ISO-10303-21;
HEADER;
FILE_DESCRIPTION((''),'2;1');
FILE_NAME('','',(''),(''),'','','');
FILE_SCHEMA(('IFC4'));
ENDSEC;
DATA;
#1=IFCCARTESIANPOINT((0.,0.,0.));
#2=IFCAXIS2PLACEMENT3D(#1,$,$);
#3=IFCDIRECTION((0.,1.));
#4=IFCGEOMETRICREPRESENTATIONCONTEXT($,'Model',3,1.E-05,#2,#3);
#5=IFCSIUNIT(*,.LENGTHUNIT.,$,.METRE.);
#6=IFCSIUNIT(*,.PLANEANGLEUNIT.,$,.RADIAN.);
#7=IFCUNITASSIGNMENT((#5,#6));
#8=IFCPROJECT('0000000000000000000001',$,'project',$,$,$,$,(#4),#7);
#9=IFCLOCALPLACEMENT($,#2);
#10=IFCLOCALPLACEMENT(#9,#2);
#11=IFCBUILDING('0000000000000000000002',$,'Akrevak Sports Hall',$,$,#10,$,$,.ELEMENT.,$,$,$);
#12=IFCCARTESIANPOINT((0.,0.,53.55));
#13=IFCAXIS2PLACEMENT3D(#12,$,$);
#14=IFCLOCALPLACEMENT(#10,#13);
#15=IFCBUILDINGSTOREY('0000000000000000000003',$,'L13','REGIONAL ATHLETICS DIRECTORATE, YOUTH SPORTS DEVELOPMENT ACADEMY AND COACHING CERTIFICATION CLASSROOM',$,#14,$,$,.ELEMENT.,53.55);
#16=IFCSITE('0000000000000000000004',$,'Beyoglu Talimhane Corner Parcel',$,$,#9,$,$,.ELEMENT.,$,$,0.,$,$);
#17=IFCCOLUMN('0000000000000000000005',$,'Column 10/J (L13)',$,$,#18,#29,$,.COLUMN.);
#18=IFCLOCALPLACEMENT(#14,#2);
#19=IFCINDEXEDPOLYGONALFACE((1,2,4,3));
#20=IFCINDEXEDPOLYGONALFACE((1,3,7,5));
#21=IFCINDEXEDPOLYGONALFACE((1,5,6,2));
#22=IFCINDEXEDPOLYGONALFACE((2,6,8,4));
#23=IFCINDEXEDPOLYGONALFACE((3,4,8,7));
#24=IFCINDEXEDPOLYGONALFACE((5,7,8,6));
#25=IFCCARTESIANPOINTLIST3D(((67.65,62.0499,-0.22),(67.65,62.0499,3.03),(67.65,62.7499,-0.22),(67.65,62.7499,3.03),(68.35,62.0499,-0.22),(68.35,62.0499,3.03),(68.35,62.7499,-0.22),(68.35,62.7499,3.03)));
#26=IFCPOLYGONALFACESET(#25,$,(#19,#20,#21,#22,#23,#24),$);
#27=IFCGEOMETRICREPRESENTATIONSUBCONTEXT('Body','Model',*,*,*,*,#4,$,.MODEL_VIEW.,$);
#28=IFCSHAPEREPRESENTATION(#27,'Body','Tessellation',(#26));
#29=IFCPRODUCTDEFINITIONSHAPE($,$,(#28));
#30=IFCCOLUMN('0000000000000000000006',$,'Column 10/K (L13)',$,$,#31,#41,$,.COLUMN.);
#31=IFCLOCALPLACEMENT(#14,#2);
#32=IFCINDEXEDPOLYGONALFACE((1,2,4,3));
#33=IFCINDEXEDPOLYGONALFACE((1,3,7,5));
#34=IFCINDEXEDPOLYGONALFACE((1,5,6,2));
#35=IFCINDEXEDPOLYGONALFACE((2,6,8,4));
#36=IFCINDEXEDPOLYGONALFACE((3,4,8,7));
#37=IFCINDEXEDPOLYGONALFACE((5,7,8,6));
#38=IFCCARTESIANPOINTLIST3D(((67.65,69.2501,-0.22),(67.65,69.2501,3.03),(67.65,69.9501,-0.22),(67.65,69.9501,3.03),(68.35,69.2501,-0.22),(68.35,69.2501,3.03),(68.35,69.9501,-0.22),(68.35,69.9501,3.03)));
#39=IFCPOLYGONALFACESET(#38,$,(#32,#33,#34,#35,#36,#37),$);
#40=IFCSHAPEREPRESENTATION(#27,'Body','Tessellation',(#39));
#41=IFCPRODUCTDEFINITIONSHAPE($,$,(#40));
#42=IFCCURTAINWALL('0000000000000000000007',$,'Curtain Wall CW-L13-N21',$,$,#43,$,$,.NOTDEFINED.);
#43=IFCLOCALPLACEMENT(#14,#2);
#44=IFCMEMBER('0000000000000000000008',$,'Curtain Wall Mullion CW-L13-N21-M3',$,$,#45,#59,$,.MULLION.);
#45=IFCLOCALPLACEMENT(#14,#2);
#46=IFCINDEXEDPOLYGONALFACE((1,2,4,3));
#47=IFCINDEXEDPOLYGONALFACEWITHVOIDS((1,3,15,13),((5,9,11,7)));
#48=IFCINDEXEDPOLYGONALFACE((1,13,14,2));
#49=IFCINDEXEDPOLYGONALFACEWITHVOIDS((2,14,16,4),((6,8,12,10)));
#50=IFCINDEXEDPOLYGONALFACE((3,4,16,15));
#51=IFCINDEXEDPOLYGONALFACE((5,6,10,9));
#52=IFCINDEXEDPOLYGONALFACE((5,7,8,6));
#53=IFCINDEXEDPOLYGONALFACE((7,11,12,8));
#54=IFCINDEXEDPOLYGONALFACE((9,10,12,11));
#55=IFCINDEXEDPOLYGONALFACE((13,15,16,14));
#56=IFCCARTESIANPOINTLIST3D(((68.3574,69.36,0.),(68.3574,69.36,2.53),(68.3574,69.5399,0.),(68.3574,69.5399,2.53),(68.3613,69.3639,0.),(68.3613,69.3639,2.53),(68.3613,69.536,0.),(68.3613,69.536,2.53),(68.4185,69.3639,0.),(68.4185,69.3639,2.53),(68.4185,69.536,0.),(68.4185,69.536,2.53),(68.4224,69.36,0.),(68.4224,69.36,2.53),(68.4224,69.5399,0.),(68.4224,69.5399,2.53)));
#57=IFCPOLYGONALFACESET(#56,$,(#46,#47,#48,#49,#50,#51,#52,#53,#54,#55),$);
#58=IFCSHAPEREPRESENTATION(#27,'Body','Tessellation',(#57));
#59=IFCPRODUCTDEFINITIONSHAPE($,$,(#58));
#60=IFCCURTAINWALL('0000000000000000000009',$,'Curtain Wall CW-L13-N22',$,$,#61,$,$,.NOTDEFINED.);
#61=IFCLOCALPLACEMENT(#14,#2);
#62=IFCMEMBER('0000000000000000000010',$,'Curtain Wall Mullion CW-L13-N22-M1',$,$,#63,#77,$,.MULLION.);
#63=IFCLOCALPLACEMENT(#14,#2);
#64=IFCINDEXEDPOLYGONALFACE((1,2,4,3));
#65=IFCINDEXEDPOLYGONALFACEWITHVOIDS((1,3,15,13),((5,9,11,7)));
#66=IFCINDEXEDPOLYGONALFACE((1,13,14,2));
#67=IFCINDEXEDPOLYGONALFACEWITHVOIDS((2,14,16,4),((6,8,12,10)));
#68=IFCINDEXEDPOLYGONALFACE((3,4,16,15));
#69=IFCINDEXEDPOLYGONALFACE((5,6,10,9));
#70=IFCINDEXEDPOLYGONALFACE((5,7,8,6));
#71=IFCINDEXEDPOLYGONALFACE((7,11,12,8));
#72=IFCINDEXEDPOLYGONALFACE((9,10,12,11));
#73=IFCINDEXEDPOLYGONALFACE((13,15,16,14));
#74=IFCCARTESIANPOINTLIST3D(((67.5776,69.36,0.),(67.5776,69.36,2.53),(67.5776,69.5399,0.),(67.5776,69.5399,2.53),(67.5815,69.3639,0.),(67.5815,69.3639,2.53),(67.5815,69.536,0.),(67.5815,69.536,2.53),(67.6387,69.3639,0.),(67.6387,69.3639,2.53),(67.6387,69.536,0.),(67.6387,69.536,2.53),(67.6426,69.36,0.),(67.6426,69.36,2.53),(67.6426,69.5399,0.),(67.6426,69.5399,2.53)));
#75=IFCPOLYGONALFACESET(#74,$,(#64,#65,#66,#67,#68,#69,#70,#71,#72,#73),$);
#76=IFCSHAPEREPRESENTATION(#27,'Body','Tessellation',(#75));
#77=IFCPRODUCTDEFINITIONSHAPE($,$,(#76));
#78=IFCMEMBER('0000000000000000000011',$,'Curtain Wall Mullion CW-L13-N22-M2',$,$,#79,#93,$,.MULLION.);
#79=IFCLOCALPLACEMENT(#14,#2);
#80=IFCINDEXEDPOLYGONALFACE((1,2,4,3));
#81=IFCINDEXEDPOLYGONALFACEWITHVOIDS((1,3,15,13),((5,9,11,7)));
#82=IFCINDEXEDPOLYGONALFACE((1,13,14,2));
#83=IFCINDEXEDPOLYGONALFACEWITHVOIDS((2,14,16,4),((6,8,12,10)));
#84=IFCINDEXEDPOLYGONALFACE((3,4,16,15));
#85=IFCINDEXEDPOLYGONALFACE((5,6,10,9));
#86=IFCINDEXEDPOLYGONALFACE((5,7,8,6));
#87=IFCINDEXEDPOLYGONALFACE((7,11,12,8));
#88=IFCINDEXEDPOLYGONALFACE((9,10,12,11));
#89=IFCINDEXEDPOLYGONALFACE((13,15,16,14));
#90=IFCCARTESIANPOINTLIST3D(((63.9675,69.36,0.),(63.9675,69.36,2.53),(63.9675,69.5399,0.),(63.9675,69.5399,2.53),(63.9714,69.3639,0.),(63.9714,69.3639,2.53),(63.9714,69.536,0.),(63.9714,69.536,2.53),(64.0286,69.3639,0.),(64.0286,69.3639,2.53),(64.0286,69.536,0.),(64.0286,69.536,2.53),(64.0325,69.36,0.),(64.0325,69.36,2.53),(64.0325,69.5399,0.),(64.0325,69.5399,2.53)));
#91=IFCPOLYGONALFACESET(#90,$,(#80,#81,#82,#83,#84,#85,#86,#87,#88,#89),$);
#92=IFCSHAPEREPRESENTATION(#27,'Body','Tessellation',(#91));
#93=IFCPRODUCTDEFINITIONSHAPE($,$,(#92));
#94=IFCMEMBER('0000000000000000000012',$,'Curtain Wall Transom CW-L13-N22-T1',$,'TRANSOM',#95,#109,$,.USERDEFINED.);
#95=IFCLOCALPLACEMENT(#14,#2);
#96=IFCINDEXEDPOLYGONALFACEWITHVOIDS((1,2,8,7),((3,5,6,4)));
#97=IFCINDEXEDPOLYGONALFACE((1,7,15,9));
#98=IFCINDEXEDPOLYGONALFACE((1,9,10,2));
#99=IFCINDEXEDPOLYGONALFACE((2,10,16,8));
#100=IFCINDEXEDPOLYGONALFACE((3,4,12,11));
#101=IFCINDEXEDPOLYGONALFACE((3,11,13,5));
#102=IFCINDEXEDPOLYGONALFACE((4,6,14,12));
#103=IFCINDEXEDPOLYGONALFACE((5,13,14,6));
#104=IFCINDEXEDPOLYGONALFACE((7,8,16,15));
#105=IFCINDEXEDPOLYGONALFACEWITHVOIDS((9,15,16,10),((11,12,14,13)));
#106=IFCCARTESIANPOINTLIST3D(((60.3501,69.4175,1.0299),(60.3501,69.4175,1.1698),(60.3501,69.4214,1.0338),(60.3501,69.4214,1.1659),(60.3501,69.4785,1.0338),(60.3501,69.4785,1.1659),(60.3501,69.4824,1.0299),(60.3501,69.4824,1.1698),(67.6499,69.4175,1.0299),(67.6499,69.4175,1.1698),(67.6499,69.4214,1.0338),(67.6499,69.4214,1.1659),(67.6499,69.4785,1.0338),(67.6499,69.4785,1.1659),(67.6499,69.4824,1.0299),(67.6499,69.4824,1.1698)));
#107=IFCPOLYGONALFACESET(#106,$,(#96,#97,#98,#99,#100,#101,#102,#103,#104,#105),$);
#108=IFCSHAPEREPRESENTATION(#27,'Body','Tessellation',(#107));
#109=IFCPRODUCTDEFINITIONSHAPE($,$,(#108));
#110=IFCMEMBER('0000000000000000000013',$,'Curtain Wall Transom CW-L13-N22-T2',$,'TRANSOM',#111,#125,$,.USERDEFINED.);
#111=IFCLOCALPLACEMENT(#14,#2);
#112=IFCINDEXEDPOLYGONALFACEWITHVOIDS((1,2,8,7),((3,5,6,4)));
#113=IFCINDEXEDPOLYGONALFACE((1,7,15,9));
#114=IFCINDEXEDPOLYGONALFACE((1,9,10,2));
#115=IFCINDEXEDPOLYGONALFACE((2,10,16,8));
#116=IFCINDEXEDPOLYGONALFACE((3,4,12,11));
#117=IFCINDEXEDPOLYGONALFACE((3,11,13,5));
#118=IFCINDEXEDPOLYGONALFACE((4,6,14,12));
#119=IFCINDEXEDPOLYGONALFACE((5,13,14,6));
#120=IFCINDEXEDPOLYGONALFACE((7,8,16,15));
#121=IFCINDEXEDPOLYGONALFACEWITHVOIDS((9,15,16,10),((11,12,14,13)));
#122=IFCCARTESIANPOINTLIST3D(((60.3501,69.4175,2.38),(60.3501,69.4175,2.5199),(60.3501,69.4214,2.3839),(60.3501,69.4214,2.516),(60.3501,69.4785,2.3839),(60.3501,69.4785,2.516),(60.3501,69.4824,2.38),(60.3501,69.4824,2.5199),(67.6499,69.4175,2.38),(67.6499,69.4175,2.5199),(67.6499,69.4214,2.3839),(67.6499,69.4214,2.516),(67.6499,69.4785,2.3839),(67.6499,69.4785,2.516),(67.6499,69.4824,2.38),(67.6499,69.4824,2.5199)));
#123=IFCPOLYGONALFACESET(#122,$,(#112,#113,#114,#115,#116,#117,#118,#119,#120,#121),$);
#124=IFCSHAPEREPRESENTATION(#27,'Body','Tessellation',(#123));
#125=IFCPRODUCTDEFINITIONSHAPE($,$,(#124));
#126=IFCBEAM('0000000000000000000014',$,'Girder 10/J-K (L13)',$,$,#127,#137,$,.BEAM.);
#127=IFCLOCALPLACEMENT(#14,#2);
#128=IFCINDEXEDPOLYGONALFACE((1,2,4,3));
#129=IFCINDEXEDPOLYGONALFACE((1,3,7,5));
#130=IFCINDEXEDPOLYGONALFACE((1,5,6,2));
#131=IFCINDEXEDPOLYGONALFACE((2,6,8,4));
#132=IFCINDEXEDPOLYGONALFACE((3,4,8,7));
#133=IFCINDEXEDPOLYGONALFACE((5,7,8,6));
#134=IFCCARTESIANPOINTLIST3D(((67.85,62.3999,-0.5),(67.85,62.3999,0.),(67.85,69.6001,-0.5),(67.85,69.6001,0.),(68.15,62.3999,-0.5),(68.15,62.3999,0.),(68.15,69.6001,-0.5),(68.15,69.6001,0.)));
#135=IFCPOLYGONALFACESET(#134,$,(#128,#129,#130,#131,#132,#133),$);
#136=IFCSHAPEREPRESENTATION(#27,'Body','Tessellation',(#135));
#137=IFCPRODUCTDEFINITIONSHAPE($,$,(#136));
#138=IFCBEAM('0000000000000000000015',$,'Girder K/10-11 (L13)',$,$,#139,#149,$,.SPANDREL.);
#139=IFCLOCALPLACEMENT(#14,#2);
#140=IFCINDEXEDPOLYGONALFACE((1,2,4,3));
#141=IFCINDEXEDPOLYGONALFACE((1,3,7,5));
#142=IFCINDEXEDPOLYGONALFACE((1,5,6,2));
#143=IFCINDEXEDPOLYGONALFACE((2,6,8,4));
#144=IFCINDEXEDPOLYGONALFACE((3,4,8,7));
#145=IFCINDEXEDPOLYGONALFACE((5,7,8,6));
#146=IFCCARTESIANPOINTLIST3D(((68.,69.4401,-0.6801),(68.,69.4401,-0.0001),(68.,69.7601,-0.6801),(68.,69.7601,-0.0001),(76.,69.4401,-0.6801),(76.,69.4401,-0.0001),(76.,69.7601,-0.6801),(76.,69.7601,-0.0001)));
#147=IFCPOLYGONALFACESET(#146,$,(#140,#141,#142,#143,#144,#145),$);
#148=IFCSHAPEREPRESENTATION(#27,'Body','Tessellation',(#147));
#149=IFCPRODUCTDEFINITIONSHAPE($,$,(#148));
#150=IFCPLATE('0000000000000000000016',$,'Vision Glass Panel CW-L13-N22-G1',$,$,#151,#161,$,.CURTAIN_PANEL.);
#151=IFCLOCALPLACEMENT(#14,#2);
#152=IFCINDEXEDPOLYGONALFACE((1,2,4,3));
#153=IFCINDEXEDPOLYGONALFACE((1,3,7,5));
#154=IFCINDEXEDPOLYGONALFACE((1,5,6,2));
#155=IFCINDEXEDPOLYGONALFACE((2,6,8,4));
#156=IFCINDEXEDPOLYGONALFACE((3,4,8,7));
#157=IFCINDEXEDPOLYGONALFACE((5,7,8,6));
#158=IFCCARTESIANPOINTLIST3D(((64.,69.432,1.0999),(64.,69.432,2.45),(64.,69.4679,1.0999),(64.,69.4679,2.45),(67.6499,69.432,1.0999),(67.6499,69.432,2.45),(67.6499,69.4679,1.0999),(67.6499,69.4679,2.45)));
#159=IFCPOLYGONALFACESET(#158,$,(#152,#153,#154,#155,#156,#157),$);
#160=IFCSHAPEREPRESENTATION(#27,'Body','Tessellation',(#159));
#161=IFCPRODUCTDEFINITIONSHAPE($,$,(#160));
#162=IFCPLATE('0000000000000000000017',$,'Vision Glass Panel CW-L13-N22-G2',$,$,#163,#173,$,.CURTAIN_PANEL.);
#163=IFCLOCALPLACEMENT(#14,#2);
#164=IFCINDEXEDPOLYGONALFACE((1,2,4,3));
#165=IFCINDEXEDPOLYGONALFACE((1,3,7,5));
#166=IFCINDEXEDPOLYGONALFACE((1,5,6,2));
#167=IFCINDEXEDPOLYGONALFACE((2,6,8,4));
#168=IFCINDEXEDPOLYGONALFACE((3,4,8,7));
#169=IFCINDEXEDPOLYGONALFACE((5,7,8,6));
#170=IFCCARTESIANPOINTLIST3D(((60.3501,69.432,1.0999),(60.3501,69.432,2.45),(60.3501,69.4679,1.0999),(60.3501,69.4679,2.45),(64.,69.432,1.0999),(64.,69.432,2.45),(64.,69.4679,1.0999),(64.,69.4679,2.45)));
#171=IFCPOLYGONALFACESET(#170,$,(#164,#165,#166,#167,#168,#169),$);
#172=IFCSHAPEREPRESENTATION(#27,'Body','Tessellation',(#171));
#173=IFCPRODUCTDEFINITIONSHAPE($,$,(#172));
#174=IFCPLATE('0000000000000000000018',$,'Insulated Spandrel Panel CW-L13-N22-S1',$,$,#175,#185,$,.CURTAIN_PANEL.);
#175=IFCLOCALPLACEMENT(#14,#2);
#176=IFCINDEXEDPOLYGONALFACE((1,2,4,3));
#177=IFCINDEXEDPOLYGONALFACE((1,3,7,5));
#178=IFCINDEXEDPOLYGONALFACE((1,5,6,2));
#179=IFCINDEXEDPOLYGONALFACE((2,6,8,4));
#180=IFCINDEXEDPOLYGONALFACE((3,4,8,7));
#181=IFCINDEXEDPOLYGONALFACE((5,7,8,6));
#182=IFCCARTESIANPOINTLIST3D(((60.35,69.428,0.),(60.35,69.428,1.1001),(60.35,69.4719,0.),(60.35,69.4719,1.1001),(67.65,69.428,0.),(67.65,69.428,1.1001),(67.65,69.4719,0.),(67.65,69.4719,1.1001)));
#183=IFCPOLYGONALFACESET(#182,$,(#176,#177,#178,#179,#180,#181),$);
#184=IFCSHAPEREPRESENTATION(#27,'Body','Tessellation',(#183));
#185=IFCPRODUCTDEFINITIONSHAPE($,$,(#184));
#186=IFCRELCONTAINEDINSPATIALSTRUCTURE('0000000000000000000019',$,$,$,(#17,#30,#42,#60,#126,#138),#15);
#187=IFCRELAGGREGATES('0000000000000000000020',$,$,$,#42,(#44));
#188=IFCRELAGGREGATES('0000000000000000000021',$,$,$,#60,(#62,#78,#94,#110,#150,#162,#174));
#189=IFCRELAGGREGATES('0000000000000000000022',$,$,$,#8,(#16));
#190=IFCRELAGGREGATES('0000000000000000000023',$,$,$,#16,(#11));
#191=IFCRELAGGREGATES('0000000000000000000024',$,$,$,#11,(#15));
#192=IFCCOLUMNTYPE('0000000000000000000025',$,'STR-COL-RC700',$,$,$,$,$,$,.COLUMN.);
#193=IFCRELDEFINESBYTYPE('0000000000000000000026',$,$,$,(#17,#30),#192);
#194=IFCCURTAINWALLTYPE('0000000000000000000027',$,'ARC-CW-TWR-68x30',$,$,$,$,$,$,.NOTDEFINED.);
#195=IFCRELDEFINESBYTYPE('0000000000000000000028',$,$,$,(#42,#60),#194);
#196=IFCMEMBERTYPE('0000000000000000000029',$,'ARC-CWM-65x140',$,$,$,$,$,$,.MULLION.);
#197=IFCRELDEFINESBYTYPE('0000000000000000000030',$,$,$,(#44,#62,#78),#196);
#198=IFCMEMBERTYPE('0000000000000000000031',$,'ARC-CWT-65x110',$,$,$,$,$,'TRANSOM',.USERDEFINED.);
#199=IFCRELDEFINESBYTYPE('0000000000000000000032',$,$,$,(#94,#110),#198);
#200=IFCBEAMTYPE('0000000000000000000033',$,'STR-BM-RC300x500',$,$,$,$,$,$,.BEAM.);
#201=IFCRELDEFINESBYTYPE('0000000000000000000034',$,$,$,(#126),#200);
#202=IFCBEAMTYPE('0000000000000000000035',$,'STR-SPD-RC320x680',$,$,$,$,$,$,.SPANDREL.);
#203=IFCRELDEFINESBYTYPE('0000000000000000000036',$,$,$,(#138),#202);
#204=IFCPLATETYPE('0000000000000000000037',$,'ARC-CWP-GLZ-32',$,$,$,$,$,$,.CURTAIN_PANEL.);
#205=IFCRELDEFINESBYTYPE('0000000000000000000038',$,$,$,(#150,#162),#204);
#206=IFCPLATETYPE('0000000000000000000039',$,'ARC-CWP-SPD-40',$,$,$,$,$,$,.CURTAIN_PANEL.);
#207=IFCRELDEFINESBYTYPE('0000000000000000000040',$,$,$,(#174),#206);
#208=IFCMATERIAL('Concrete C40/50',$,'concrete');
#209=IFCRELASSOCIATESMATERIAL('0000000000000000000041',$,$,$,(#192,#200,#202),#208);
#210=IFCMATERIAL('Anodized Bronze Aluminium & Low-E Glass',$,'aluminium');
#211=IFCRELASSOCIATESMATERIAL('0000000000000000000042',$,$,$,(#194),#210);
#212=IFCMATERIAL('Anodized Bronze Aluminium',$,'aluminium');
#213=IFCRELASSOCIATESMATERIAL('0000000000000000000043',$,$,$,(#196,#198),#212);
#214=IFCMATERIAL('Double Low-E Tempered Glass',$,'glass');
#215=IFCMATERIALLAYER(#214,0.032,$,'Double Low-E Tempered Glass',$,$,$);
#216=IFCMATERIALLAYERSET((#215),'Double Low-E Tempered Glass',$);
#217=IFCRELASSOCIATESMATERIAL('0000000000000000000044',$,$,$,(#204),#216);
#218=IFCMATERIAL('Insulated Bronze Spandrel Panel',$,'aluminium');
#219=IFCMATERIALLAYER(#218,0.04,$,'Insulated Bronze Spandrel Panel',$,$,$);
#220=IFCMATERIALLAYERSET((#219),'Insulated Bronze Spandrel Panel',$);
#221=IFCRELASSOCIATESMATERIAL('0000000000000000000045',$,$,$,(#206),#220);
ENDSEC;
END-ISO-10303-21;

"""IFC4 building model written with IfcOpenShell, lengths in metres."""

from ifc_helpers import new_model, si_unit, direction, frame, origin, origin_2d, place, context, subcontext, project, spatial, rectangle, hollow_rectangle, extrude, material, layer, layer_set, material_profile, profile_set, type_object, element, aggregate, save


model = new_model("IFC4")

# Units and contexts
model_context = context("Model", 3, precision=1e-05, world=origin(), true_north=direction((0.0, 1.0)))
body_context = subcontext(model_context, "Body", "Model", "MODEL_VIEW")
ifc_project = project(units=[si_unit("LENGTHUNIT", "METRE"), si_unit("PLANEANGLEUNIT", "RADIAN")], contexts=[model_context])

# Site, building, storey
site_placement = place(None, origin())
site = spatial("IfcSite", under=ifc_project, at=site_placement, Name="Beyoglu Talimhane Corner Parcel", CompositionType="ELEMENT", RefElevation=0.0)
building_placement = place(site_placement, origin())
building = spatial("IfcBuilding", under=site, at=building_placement, Name="Akrevak Sports Hall", CompositionType="ELEMENT")
storey_placement = place(building_placement, frame((0.0, 0.0, 53.55)))
storey = spatial("IfcBuildingStorey", under=building, at=storey_placement, Name="L13", Description="REGIONAL ATHLETICS DIRECTORATE, YOUTH SPORTS DEVELOPMENT ACADEMY AND COACHING CERTIFICATION CLASSROOM", CompositionType="ELEMENT", Elevation=53.55)

# Columns
ifc_material_1 = material(Name="Concrete C40/50", Category="concrete")
ifc_material_profile_1 = material_profile(ifc_material_1, rectangle(XDim=0.7, YDim=0.7, at=origin_2d()), Name="RC 700x700", Category="concrete")
ifc_profile_set_1 = profile_set([ifc_material_profile_1], Name="Concrete C40/50")
column_type = type_object("IfcColumnType", Name="STR-COL-RC700", PredefinedType="COLUMN", material=ifc_profile_set_1)
for number, where, z_axis, x_axis, name in (
    (1, (68.0, 62.3999, -0.22), (0.0, 0.0, 1.0), (1.0, 0.0, 0.0), "Column 10/J (L13)"),
    (2, (68.0, 69.6001, -0.22), (0.0, 0.0, 1.0), (1.0, 0.0, 0.0), "Column 10/K (L13)"),
):
    element("IfcColumn", number, at=place(storey_placement, frame(where, z_axis=z_axis, x_axis=x_axis)), inside=storey, type_object=column_type, Name=name, PredefinedType="COLUMN", context=body_context, shape_type="SweptSolid", body=[
        extrude(rectangle(XDim=0.7, YDim=0.7, at=origin_2d()), origin(), (0.0, 0.0, 1.0), 3.25),
    ])

# Curtain wall, member
ifc_material_2 = material(Name="Anodized Bronze Aluminium & Low-E Glass", Category="aluminium")
curtain_wall_type = type_object("IfcCurtainWallType", Name="ARC-CW-TWR-68x30", PredefinedType="NOTDEFINED", material=ifc_material_2)
curtain_wall_1_placement = place(storey_placement, origin())
curtain_wall_1 = element("IfcCurtainWall", 3, at=curtain_wall_1_placement, inside=storey, type_object=curtain_wall_type, Name="Curtain Wall CW-L13-N21", PredefinedType="NOTDEFINED")
ifc_material_3 = material(Name="Anodized Bronze Aluminium", Category="aluminium")
ifc_material_profile_2 = material_profile(ifc_material_3, hollow_rectangle(XDim=0.0649, YDim=0.1799, WallThickness=0.0039, at=origin_2d()), Name="CWM 65x180", Category="aluminium")
ifc_profile_set_2 = profile_set([ifc_material_profile_2], Name="Anodized Bronze Aluminium")
member_type_1 = type_object("IfcMemberType", Name="ARC-CWM-65x140", PredefinedType="MULLION", material=ifc_profile_set_2)
member_1_placement = place(storey_placement, frame((68.3899, 69.45, 0.0), z_axis=(0.0, 0.0, 1.0), x_axis=(-1.0, 0.0, 0.0)))
member_1 = element("IfcMember", 4, at=member_1_placement, type_object=member_type_1, Name="Curtain Wall Mullion CW-L13-N21-M3", PredefinedType="MULLION", context=body_context, shape_type="SweptSolid", body=[
    extrude(hollow_rectangle(XDim=0.0649, YDim=0.1799, WallThickness=0.0039, at=origin_2d()), origin(), (0.0, 0.0, 1.0), 2.53),
])
aggregate(curtain_wall_1, [member_1])

# Curtain wall, members
curtain_wall_2_placement = place(storey_placement, origin())
curtain_wall_2 = element("IfcCurtainWall", 5, at=curtain_wall_2_placement, inside=storey, type_object=curtain_wall_type, Name="Curtain Wall CW-L13-N22", PredefinedType="NOTDEFINED")
member_2_placement = place(storey_placement, frame((67.6101, 69.45, 0.0), z_axis=(0.0, 0.0, 1.0), x_axis=(-1.0, 0.0, 0.0)))
member_2 = element("IfcMember", 6, at=member_2_placement, type_object=member_type_1, Name="Curtain Wall Mullion CW-L13-N22-M1", PredefinedType="MULLION", context=body_context, shape_type="SweptSolid", body=[
    extrude(hollow_rectangle(XDim=0.0649, YDim=0.1799, WallThickness=0.0039, at=origin_2d()), origin(), (0.0, 0.0, 1.0), 2.53),
])
member_3_placement = place(storey_placement, frame((64.0, 69.45, 0.0), z_axis=(0.0, 0.0, 1.0), x_axis=(-1.0, 0.0, 0.0)))
member_3 = element("IfcMember", 7, at=member_3_placement, type_object=member_type_1, Name="Curtain Wall Mullion CW-L13-N22-M2", PredefinedType="MULLION", context=body_context, shape_type="SweptSolid", body=[
    extrude(hollow_rectangle(XDim=0.0649, YDim=0.1799, WallThickness=0.0039, at=origin_2d()), origin(), (0.0, 0.0, 1.0), 2.53),
])
ifc_material_profile_3 = material_profile(ifc_material_3, hollow_rectangle(XDim=0.0649, YDim=0.1399, WallThickness=0.0039, at=origin_2d()), Name="CWT 65x140", Category="aluminium")
ifc_profile_set_3 = profile_set([ifc_material_profile_3], Name="Anodized Bronze Aluminium")
member_type_2 = type_object("IfcMemberType", Name="ARC-CWT-65x110", ElementType="TRANSOM", PredefinedType="USERDEFINED", material=ifc_profile_set_3)
member_4_placement = place(storey_placement, frame((67.6499, 69.45, 1.0999), z_axis=(-1.0, 0.0, 0.0), x_axis=(0.0, -1.0, 0.0)))
member_4 = element("IfcMember", 8, at=member_4_placement, type_object=member_type_2, Name="Curtain Wall Transom CW-L13-N22-T1", ObjectType="TRANSOM", PredefinedType="USERDEFINED", context=body_context, shape_type="SweptSolid", body=[
    extrude(hollow_rectangle(XDim=0.0649, YDim=0.1399, WallThickness=0.0039, at=origin_2d()), origin(), (0.0, 0.0, 1.0), 7.2998),
])
member_5_placement = place(storey_placement, frame((67.6499, 69.45, 2.45), z_axis=(-1.0, 0.0, 0.0), x_axis=(0.0, -1.0, 0.0)))
member_5 = element("IfcMember", 9, at=member_5_placement, type_object=member_type_2, Name="Curtain Wall Transom CW-L13-N22-T2", ObjectType="TRANSOM", PredefinedType="USERDEFINED", context=body_context, shape_type="SweptSolid", body=[
    extrude(hollow_rectangle(XDim=0.0649, YDim=0.1399, WallThickness=0.0039, at=origin_2d()), origin(), (0.0, 0.0, 1.0), 7.2998),
])

# Beams
ifc_material_profile_4 = material_profile(ifc_material_1, rectangle(XDim=0.3, YDim=0.5, at=origin_2d()), Name="BM 300x500", Category="concrete")
ifc_profile_set_4 = profile_set([ifc_material_profile_4], Name="Concrete C40/50")
beam_type_1 = type_object("IfcBeamType", Name="STR-BM-RC300x500", PredefinedType="BEAM", material=ifc_profile_set_4)
beam_1_placement = place(storey_placement, frame((68.0, 62.3999, -0.25), z_axis=(0.0, 1.0, 0.0), x_axis=(-1.0, 0.0, 0.0)))
element("IfcBeam", 10, at=beam_1_placement, inside=storey, type_object=beam_type_1, Name="Girder 10/J-K (L13)", PredefinedType="BEAM", context=body_context, shape_type="SweptSolid", body=[
    extrude(rectangle(XDim=0.3, YDim=0.5, at=origin_2d()), origin(), (0.0, 0.0, 1.0), 7.2002),
])
ifc_material_profile_5 = material_profile(ifc_material_1, rectangle(XDim=0.3201, YDim=0.6799, at=origin_2d()), Name="SPD 320x680", Category="concrete")
ifc_profile_set_5 = profile_set([ifc_material_profile_5], Name="Concrete C40/50")
beam_type_2 = type_object("IfcBeamType", Name="STR-SPD-RC320x680", PredefinedType="SPANDREL", material=ifc_profile_set_5)
beam_2_placement = place(storey_placement, frame((68.0, 69.6001, -0.3401), z_axis=(1.0, 0.0, 0.0), x_axis=(0.0, 1.0, 0.0)))
element("IfcBeam", 11, at=beam_2_placement, inside=storey, type_object=beam_type_2, Name="Girder K/10-11 (L13)", PredefinedType="SPANDREL", context=body_context, shape_type="SweptSolid", body=[
    extrude(rectangle(XDim=0.3201, YDim=0.6799, at=origin_2d()), origin(), (0.0, 0.0, 1.0), 8.0),
])

# Plates
ifc_material_4 = material(Name="Double Low-E Tempered Glass", Category="glass")
ifc_layer_1 = layer(ifc_material_4, 0.032, Name="Double Low-E Tempered Glass")
ifc_layer_set_1 = layer_set([ifc_layer_1], Name="Double Low-E Tempered Glass")
plate_type_1 = type_object("IfcPlateType", Name="ARC-CWP-GLZ-32", PredefinedType="CURTAIN_PANEL", material=ifc_layer_set_1)
plate_1_placement = place(storey_placement, frame((65.825, 69.45, 1.0999), z_axis=(0.0, 0.0, 1.0), x_axis=(-1.0, 0.0, 0.0)))
plate_1 = element("IfcPlate", 12, at=plate_1_placement, type_object=plate_type_1, Name="Vision Glass Panel CW-L13-N22-G1", PredefinedType="CURTAIN_PANEL", context=body_context, shape_type="SweptSolid", body=[
    extrude(rectangle(XDim=3.6499, YDim=0.0359, at=origin_2d()), origin(), (0.0, 0.0, 1.0), 1.3501),
])
plate_2_placement = place(storey_placement, frame((62.175, 69.45, 1.0999), z_axis=(0.0, 0.0, 1.0), x_axis=(-1.0, 0.0, 0.0)))
plate_2 = element("IfcPlate", 13, at=plate_2_placement, type_object=plate_type_1, Name="Vision Glass Panel CW-L13-N22-G2", PredefinedType="CURTAIN_PANEL", context=body_context, shape_type="SweptSolid", body=[
    extrude(rectangle(XDim=3.6499, YDim=0.0359, at=origin_2d()), origin(), (0.0, 0.0, 1.0), 1.3501),
])
ifc_material_5 = material(Name="Insulated Bronze Spandrel Panel", Category="aluminium")
ifc_layer_2 = layer(ifc_material_5, 0.04, Name="Insulated Bronze Spandrel Panel")
ifc_layer_set_2 = layer_set([ifc_layer_2], Name="Insulated Bronze Spandrel Panel")
plate_type_2 = type_object("IfcPlateType", Name="ARC-CWP-SPD-40", PredefinedType="CURTAIN_PANEL", material=ifc_layer_set_2)
plate_3_placement = place(storey_placement, frame((64.0, 69.45, 0.0), z_axis=(0.0, 0.0, 1.0), x_axis=(-1.0, 0.0, 0.0)))
plate_3 = element("IfcPlate", 14, at=plate_3_placement, type_object=plate_type_2, Name="Insulated Spandrel Panel CW-L13-N22-S1", PredefinedType="CURTAIN_PANEL", context=body_context, shape_type="SweptSolid", body=[
    extrude(rectangle(XDim=7.3, YDim=0.0439, at=origin_2d()), origin(), (0.0, 0.0, 1.0), 1.1001),
])
aggregate(curtain_wall_2, [member_2, member_3, member_4, member_5, plate_1, plate_2, plate_3])

save(model, "model.ifc")
